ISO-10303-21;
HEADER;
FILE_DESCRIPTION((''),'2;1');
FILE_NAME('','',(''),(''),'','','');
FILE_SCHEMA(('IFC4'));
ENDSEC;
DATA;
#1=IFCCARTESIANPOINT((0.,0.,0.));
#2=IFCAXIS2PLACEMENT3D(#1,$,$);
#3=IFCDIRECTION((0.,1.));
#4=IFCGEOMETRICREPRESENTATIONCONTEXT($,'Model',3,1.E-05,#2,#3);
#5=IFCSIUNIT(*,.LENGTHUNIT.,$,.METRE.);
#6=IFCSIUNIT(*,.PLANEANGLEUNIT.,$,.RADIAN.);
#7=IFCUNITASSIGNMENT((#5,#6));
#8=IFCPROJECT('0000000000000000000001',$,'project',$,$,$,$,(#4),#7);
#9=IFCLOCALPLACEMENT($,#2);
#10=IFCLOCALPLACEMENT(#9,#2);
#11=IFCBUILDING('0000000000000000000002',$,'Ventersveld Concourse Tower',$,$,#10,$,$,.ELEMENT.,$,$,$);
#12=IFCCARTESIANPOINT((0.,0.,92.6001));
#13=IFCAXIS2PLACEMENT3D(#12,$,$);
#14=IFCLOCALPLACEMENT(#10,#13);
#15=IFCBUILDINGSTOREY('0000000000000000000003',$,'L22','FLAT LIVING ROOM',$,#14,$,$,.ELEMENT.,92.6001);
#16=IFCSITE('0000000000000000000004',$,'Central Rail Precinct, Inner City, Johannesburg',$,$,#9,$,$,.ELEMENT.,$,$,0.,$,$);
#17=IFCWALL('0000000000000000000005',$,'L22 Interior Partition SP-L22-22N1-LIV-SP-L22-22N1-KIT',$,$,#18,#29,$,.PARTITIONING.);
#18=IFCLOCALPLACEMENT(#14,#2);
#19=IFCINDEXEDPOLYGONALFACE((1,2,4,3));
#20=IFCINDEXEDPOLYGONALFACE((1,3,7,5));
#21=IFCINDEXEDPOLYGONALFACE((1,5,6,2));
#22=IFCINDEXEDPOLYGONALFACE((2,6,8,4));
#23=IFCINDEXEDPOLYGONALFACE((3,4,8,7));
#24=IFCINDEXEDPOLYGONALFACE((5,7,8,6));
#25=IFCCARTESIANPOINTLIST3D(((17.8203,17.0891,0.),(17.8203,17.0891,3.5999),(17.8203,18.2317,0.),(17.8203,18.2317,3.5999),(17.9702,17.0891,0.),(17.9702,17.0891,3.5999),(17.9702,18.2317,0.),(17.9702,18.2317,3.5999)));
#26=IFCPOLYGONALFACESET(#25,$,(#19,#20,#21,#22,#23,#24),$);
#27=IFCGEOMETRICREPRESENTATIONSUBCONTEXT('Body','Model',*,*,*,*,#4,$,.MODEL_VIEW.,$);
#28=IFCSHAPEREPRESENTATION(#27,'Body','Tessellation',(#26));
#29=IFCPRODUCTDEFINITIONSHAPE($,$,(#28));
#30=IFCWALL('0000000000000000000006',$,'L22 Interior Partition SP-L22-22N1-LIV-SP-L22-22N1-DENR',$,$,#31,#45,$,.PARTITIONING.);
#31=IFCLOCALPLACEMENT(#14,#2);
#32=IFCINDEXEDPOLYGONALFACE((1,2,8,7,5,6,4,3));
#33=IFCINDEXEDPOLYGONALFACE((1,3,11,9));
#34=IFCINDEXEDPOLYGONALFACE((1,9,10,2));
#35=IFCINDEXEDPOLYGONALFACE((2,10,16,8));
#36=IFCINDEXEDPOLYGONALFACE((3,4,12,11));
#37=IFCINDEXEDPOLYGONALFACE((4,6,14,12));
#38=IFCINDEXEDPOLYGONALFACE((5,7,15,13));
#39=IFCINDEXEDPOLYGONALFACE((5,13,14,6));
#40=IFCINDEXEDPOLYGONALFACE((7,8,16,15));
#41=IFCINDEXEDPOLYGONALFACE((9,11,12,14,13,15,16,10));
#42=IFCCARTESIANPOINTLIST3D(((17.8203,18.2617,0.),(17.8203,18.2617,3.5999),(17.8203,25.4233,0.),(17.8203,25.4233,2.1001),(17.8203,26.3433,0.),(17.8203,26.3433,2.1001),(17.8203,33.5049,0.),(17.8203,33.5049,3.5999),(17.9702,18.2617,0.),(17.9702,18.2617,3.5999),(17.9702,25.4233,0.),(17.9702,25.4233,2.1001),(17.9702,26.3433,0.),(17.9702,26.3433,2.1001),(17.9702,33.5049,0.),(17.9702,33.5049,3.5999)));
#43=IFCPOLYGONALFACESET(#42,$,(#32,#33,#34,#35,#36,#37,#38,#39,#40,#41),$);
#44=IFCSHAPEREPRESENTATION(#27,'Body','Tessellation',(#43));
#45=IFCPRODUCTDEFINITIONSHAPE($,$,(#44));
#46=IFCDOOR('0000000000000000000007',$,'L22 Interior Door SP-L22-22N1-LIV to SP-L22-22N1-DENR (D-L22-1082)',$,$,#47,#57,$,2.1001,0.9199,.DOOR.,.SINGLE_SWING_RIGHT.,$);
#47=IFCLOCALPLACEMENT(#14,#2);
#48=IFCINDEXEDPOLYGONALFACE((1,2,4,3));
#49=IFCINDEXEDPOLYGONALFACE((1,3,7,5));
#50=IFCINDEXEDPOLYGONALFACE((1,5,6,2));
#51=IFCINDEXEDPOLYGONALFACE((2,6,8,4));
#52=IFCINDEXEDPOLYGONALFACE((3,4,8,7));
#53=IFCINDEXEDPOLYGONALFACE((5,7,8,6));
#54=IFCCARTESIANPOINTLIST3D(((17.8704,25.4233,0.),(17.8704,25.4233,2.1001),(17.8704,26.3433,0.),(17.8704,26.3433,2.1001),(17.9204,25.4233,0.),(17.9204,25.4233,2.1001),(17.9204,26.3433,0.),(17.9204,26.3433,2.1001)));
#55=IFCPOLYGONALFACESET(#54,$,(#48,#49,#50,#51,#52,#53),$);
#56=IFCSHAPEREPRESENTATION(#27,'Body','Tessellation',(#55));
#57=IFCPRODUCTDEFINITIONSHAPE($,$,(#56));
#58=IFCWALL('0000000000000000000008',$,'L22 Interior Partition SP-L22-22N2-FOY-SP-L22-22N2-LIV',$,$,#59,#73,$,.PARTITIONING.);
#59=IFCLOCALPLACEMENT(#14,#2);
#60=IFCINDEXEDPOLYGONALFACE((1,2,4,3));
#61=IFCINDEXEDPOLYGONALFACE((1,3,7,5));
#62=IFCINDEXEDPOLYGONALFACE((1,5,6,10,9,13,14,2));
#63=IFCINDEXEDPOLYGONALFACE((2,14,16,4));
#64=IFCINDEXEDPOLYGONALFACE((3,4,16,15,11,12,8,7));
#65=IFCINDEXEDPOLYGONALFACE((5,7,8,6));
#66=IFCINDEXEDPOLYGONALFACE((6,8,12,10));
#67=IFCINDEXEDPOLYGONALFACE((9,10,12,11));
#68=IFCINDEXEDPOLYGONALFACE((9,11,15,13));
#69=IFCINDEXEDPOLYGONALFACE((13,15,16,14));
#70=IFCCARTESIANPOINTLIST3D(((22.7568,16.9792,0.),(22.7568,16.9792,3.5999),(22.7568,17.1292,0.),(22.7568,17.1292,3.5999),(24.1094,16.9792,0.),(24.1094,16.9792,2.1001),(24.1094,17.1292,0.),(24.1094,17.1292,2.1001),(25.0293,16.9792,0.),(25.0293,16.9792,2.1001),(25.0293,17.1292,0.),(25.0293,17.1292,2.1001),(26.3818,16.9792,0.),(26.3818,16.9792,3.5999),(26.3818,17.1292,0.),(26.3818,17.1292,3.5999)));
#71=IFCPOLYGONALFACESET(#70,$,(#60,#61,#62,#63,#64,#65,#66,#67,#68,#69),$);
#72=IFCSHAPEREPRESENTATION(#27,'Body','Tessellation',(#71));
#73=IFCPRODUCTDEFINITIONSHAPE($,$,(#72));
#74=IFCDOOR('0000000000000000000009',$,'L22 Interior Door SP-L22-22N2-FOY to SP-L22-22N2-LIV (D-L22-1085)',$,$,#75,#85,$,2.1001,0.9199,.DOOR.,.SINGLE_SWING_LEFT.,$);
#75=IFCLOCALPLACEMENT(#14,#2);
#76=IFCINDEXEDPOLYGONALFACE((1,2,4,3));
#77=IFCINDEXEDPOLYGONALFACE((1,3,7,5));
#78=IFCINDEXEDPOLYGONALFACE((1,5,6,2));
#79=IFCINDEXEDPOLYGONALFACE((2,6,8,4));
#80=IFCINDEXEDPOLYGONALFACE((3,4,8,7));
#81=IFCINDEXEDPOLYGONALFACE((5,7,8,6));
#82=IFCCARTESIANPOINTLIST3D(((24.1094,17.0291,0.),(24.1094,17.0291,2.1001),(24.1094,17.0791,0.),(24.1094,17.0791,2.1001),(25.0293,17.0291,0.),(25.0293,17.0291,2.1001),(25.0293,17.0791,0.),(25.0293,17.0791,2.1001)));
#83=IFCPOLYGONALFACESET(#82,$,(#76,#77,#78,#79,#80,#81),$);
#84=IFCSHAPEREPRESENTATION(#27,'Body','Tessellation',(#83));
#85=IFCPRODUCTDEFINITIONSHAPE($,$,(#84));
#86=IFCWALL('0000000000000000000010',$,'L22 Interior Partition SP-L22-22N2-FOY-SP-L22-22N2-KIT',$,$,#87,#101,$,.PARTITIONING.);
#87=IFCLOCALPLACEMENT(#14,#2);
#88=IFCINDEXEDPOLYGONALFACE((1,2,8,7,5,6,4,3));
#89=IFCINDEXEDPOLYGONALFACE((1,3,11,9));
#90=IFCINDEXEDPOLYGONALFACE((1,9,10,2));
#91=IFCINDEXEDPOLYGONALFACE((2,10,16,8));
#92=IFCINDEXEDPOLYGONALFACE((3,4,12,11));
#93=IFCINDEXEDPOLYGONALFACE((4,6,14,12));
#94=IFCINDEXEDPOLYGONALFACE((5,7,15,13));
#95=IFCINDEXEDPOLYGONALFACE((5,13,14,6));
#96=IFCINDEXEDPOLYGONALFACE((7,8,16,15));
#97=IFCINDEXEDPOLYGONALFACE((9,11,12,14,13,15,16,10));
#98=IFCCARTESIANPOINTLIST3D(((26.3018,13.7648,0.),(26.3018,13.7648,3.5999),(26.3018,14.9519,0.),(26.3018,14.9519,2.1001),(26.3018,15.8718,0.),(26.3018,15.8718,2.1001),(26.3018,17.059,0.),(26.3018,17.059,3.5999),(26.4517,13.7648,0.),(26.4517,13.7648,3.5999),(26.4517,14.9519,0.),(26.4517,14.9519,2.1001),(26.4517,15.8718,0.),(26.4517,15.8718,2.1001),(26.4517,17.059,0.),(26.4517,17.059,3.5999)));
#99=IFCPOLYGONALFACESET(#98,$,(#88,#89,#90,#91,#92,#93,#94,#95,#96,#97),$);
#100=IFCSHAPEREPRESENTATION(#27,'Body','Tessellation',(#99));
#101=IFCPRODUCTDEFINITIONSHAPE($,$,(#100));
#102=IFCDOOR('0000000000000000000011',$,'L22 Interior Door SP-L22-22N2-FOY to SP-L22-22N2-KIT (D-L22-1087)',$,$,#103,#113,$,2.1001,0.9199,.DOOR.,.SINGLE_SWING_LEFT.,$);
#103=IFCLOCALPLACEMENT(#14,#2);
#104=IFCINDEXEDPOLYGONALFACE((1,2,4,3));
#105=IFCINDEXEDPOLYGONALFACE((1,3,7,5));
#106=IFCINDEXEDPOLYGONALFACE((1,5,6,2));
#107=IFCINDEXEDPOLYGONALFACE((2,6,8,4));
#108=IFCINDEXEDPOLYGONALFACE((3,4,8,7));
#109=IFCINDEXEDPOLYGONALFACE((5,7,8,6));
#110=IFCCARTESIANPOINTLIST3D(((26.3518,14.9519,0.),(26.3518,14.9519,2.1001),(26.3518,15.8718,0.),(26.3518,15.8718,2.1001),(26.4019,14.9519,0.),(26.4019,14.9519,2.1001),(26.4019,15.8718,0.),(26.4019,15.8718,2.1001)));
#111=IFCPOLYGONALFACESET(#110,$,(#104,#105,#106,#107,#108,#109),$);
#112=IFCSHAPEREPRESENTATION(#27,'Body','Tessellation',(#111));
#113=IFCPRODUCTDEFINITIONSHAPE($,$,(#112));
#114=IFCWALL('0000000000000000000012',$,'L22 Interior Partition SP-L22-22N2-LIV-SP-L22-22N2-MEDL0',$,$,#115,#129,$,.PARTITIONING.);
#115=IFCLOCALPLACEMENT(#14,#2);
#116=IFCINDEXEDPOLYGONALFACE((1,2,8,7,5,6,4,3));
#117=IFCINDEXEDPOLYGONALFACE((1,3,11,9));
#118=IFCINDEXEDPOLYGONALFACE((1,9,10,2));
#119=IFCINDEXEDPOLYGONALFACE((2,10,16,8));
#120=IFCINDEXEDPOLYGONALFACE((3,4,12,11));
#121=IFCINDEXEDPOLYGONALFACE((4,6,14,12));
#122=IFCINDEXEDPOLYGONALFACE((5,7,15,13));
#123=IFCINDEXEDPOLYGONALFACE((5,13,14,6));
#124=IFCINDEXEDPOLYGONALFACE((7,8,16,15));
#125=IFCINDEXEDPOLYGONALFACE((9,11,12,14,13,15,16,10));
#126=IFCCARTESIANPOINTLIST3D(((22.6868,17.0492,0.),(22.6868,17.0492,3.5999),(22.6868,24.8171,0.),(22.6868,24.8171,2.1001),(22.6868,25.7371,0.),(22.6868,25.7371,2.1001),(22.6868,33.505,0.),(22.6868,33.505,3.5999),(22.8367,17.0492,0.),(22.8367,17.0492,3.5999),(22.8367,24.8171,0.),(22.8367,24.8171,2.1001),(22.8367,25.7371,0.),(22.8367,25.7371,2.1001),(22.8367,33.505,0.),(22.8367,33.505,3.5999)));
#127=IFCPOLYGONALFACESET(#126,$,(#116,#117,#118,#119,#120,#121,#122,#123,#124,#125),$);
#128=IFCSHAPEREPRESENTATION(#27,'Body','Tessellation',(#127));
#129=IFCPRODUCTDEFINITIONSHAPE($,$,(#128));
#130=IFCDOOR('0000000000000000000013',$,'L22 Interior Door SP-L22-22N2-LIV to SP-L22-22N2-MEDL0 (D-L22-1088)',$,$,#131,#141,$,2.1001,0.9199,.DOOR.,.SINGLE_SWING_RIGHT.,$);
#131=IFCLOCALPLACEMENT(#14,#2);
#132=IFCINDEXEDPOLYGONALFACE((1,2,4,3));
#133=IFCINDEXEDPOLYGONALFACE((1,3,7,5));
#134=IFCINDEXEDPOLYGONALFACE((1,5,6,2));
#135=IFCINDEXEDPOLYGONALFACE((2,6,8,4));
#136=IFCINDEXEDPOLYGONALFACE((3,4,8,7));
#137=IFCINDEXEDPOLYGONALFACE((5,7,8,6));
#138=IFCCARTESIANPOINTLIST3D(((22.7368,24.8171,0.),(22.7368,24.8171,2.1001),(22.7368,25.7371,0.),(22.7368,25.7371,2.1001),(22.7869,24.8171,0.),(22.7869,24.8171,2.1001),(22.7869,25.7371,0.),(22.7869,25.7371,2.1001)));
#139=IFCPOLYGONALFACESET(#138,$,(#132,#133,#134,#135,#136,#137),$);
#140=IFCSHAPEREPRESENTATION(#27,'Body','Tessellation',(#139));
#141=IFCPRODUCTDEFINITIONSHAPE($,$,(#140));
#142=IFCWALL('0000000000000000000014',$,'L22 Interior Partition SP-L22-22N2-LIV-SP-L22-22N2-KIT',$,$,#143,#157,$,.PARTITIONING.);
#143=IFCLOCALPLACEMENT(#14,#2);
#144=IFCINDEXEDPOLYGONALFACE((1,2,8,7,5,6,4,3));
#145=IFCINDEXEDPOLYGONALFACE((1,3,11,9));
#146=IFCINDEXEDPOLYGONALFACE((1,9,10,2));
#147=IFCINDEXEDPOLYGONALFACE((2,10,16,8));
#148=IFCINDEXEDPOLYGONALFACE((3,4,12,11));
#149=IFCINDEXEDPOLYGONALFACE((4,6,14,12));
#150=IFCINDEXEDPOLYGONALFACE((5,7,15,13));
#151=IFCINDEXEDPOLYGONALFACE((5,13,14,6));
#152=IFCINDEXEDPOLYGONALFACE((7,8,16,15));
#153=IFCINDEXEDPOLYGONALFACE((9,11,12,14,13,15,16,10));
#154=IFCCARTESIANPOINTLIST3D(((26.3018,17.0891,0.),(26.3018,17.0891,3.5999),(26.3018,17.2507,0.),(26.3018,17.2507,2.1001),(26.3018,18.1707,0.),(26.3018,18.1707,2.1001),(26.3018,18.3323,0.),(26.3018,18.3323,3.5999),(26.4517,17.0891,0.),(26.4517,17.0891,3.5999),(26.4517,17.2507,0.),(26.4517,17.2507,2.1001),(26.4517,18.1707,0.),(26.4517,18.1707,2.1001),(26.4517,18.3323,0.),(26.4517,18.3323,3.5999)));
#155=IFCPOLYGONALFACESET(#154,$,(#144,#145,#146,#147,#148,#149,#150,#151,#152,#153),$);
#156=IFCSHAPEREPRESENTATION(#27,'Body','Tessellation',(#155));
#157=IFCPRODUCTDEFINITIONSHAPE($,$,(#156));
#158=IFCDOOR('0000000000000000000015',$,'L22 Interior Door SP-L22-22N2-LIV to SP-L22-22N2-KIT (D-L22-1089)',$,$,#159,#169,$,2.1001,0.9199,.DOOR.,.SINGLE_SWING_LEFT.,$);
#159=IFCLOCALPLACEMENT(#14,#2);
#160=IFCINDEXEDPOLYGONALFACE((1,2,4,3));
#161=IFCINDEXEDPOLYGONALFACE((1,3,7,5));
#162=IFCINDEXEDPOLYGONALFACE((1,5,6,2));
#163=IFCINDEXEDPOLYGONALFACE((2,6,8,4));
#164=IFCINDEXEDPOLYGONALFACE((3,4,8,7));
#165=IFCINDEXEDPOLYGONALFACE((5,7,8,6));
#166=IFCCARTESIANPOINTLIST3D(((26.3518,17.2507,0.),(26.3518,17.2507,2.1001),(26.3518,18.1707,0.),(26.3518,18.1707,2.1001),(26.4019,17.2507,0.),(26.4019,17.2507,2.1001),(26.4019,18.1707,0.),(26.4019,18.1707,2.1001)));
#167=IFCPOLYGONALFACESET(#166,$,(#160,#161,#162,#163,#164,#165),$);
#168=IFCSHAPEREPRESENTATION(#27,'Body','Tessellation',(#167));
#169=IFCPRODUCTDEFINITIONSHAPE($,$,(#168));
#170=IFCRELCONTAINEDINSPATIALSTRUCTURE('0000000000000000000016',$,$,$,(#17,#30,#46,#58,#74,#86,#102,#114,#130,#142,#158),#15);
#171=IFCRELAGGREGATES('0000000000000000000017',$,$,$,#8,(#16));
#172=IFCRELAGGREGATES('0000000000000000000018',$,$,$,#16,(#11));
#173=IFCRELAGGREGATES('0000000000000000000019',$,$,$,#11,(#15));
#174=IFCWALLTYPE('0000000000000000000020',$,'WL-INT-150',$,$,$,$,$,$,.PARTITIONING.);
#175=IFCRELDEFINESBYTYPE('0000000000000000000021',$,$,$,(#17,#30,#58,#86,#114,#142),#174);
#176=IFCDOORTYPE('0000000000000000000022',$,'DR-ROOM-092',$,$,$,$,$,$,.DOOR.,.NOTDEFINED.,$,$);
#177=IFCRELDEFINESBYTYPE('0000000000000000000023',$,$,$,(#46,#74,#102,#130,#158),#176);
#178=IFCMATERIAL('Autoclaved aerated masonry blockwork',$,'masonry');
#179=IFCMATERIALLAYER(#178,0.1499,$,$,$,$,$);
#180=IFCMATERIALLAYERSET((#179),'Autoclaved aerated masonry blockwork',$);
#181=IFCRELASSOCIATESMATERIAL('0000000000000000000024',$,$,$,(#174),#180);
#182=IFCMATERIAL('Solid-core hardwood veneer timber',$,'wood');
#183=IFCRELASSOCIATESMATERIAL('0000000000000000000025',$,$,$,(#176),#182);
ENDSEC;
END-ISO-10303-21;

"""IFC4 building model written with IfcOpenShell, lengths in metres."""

from ifc_helpers import new_model, si_unit, direction, frame, frame_2d, origin, place, context, subcontext, project, spatial, rectangle, extrude, material, layer, layer_set, type_object, element, fill, save


model = new_model("IFC4")

# Units and contexts
model_context = context("Model", 3, precision=1e-05, world=origin(), true_north=direction((0.0, 1.0)))
body_context = subcontext(model_context, "Body", "Model", "MODEL_VIEW")
ifc_project = project(units=[si_unit("LENGTHUNIT", "METRE"), si_unit("PLANEANGLEUNIT", "RADIAN")], contexts=[model_context])

# Site, building, storey
site_placement = place(None, origin())
site = spatial("IfcSite", under=ifc_project, at=site_placement, Name="Central Rail Precinct, Inner City, Johannesburg", CompositionType="ELEMENT", RefElevation=0.0)
building_placement = place(site_placement, origin())
building = spatial("IfcBuilding", under=site, at=building_placement, Name="Ventersveld Concourse Tower", CompositionType="ELEMENT")
storey_placement = place(building_placement, frame((0.0, 0.0, 92.6001)))
storey = spatial("IfcBuildingStorey", under=building, at=storey_placement, Name="L22", Description="FLAT LIVING ROOM", CompositionType="ELEMENT", Elevation=92.6001)

# Shared definitions
ifc_material_1 = material(Name="Solid-core hardwood veneer timber", Category="wood")

# Wall
ifc_material_2 = material(Name="Autoclaved aerated masonry blockwork", Category="masonry")
ifc_layer_1 = layer(ifc_material_2, 0.1499)
ifc_layer_set_1 = layer_set([ifc_layer_1], Name="Autoclaved aerated masonry blockwork")
wall_type_1 = type_object("IfcWallType", Name="WL-INT-150", PredefinedType="PARTITIONING", material=ifc_layer_set_1)
wall_1_placement = place(storey_placement, frame((17.8953, 17.0891, 0.0), z_axis=(0.0, 0.0, 1.0), x_axis=(0.0, 1.0, 0.0)))
element("IfcWall", 1, at=wall_1_placement, inside=storey, type_object=wall_type_1, Name="L22 Interior Partition SP-L22-22N1-LIV-SP-L22-22N1-KIT", PredefinedType="PARTITIONING", context=body_context, shape_type="SweptSolid", body=[
    extrude(rectangle(XDim=1.1426, YDim=0.1499, at=frame_2d((0.5713, 0.0))), origin(), (0.0, 0.0, 1.0), 3.5999),
])

# Walls, openings, doors
wall_2_placement = place(storey_placement, frame((17.8953, 18.2617, 0.0), z_axis=(0.0, 0.0, 1.0), x_axis=(0.0, 1.0, 0.0)))
wall_2 = element("IfcWall", 2, at=wall_2_placement, inside=storey, type_object=wall_type_1, Name="L22 Interior Partition SP-L22-22N1-LIV-SP-L22-22N1-DENR", PredefinedType="PARTITIONING", context=body_context, shape_type="SweptSolid", body=[
    extrude(rectangle(XDim=15.2432, YDim=0.1499, at=frame_2d((7.6216, 0.0))), origin(), (0.0, 0.0, 1.0), 3.5999),
])
opening_1_placement = place(wall_2_placement, frame((7.1616, 0.0, 0.0)))
opening_1 = element("IfcOpeningElement", 3, at=opening_1_placement, cuts=wall_2, PredefinedType="OPENING", context=body_context, shape_type="SweptSolid", body=[
    extrude(rectangle(XDim=0.9199, YDim=2.1001, at=frame_2d((0.46, 1.05))), frame((0.0, 0.085, 0.0), z_axis=(0.0, -1.0, 0.0), x_axis=(1.0, 0.0, 0.0)), (0.0, 0.0, 1.0), 0.1699),
])
door_type_1 = type_object("IfcDoorType", Name="DR-ROOM-092", OperationType="NOTDEFINED", PredefinedType="DOOR", material=ifc_material_1)
door_1_placement = place(opening_1_placement, origin())
door_1 = element("IfcDoor", 4, at=door_1_placement, inside=storey, type_object=door_type_1, Name="L22 Interior Door SP-L22-22N1-LIV to SP-L22-22N1-DENR (D-L22-1082)", OperationType="SINGLE_SWING_RIGHT", OverallHeight=2.1001, OverallWidth=0.9199, PredefinedType="DOOR", context=body_context, shape_type="SweptSolid", body=[
    extrude(rectangle(XDim=0.9199, YDim=2.1001, at=frame_2d((0.46, 1.05))), frame((0.0, 0.0249, 0.0), z_axis=(0.0, -1.0, 0.0), x_axis=(1.0, 0.0, 0.0)), (0.0, 0.0, 1.0), 0.05),
])
fill(opening_1, door_1)
wall_3_placement = place(storey_placement, frame((22.7568, 17.0542, 0.0), z_axis=(0.0, 0.0, 1.0), x_axis=(1.0, 0.0, 0.0)))
wall_3 = element("IfcWall", 5, at=wall_3_placement, inside=storey, type_object=wall_type_1, Name="L22 Interior Partition SP-L22-22N2-FOY-SP-L22-22N2-LIV", PredefinedType="PARTITIONING", context=body_context, shape_type="SweptSolid", body=[
    extrude(rectangle(XDim=3.625, YDim=0.1499, at=frame_2d((1.8125, 0.0))), origin(), (0.0, 0.0, 1.0), 3.5999),
])
opening_2_placement = place(wall_3_placement, frame((1.3525, 0.0, 0.0)))
opening_2 = element("IfcOpeningElement", 6, at=opening_2_placement, cuts=wall_3, PredefinedType="OPENING", context=body_context, shape_type="SweptSolid", body=[
    extrude(rectangle(XDim=0.9199, YDim=2.1001, at=frame_2d((0.46, 1.05))), frame((0.0, 0.085, 0.0), z_axis=(0.0, -1.0, 0.0), x_axis=(1.0, 0.0, 0.0)), (0.0, 0.0, 1.0), 0.1699),
])
door_2_placement = place(opening_2_placement, origin())
door_2 = element("IfcDoor", 7, at=door_2_placement, inside=storey, type_object=door_type_1, Name="L22 Interior Door SP-L22-22N2-FOY to SP-L22-22N2-LIV (D-L22-1085)", OperationType="SINGLE_SWING_LEFT", OverallHeight=2.1001, OverallWidth=0.9199, PredefinedType="DOOR", context=body_context, shape_type="SweptSolid", body=[
    extrude(rectangle(XDim=0.9199, YDim=2.1001, at=frame_2d((0.46, 1.05))), frame((0.0, 0.0249, 0.0), z_axis=(0.0, -1.0, 0.0), x_axis=(1.0, 0.0, 0.0)), (0.0, 0.0, 1.0), 0.05),
])
fill(opening_2, door_2)
wall_4_placement = place(storey_placement, frame((26.3767, 13.7649, 0.0), z_axis=(0.0, 0.0, 1.0), x_axis=(0.0, 1.0, 0.0)))
wall_4 = element("IfcWall", 8, at=wall_4_placement, inside=storey, type_object=wall_type_1, Name="L22 Interior Partition SP-L22-22N2-FOY-SP-L22-22N2-KIT", PredefinedType="PARTITIONING", context=body_context, shape_type="SweptSolid", body=[
    extrude(rectangle(XDim=3.2942, YDim=0.1499, at=frame_2d((1.647, 0.0))), origin(), (0.0, 0.0, 1.0), 3.5999),
])
opening_3_placement = place(wall_4_placement, frame((1.187, 0.0, 0.0)))
opening_3 = element("IfcOpeningElement", 9, at=opening_3_placement, cuts=wall_4, PredefinedType="OPENING", context=body_context, shape_type="SweptSolid", body=[
    extrude(rectangle(XDim=0.9199, YDim=2.1001, at=frame_2d((0.46, 1.05))), frame((0.0, 0.085, 0.0), z_axis=(0.0, -1.0, 0.0), x_axis=(1.0, 0.0, 0.0)), (0.0, 0.0, 1.0), 0.1699),
])
door_3_placement = place(opening_3_placement, origin())
door_3 = element("IfcDoor", 10, at=door_3_placement, inside=storey, type_object=door_type_1, Name="L22 Interior Door SP-L22-22N2-FOY to SP-L22-22N2-KIT (D-L22-1087)", OperationType="SINGLE_SWING_LEFT", OverallHeight=2.1001, OverallWidth=0.9199, PredefinedType="DOOR", context=body_context, shape_type="SweptSolid", body=[
    extrude(rectangle(XDim=0.9199, YDim=2.1001, at=frame_2d((0.46, 1.05))), frame((0.0, 0.0249, 0.0), z_axis=(0.0, -1.0, 0.0), x_axis=(1.0, 0.0, 0.0)), (0.0, 0.0, 1.0), 0.05),
])
fill(opening_3, door_3)
wall_5_placement = place(storey_placement, frame((22.7617, 17.0491, 0.0), z_axis=(0.0, 0.0, 1.0), x_axis=(0.0, 1.0, 0.0)))
wall_5 = element("IfcWall", 11, at=wall_5_placement, inside=storey, type_object=wall_type_1, Name="L22 Interior Partition SP-L22-22N2-LIV-SP-L22-22N2-MEDL0", PredefinedType="PARTITIONING", context=body_context, shape_type="SweptSolid", body=[
    extrude(rectangle(XDim=16.4558, YDim=0.1499, at=frame_2d((8.228, 0.0))), origin(), (0.0, 0.0, 1.0), 3.5999),
])
opening_4_placement = place(wall_5_placement, frame((7.7681, 0.0, 0.0)))
opening_4 = element("IfcOpeningElement", 12, at=opening_4_placement, cuts=wall_5, PredefinedType="OPENING", context=body_context, shape_type="SweptSolid", body=[
    extrude(rectangle(XDim=0.9199, YDim=2.1001, at=frame_2d((0.46, 1.05))), frame((0.0, 0.085, 0.0), z_axis=(0.0, -1.0, 0.0), x_axis=(1.0, 0.0, 0.0)), (0.0, 0.0, 1.0), 0.1699),
])
door_4_placement = place(opening_4_placement, origin())
door_4 = element("IfcDoor", 13, at=door_4_placement, inside=storey, type_object=door_type_1, Name="L22 Interior Door SP-L22-22N2-LIV to SP-L22-22N2-MEDL0 (D-L22-1088)", OperationType="SINGLE_SWING_RIGHT", OverallHeight=2.1001, OverallWidth=0.9199, PredefinedType="DOOR", context=body_context, shape_type="SweptSolid", body=[
    extrude(rectangle(XDim=0.9199, YDim=2.1001, at=frame_2d((0.46, 1.05))), frame((0.0, 0.0249, 0.0), z_axis=(0.0, -1.0, 0.0), x_axis=(1.0, 0.0, 0.0)), (0.0, 0.0, 1.0), 0.05),
])
fill(opening_4, door_4)
wall_6_placement = place(storey_placement, frame((26.3767, 17.0891, 0.0), z_axis=(0.0, 0.0, 1.0), x_axis=(0.0, 1.0, 0.0)))
wall_6 = element("IfcWall", 14, at=wall_6_placement, inside=storey, type_object=wall_type_1, Name="L22 Interior Partition SP-L22-22N2-LIV-SP-L22-22N2-KIT", PredefinedType="PARTITIONING", context=body_context, shape_type="SweptSolid", body=[
    extrude(rectangle(XDim=1.2432, YDim=0.1499, at=frame_2d((0.6216, 0.0))), origin(), (0.0, 0.0, 1.0), 3.5999),
])
opening_5_placement = place(wall_6_placement, frame((0.1616, 0.0, 0.0)))
opening_5 = element("IfcOpeningElement", 15, at=opening_5_placement, cuts=wall_6, PredefinedType="OPENING", context=body_context, shape_type="SweptSolid", body=[
    extrude(rectangle(XDim=0.9199, YDim=2.1001, at=frame_2d((0.46, 1.05))), frame((0.0, 0.085, 0.0), z_axis=(0.0, -1.0, 0.0), x_axis=(1.0, 0.0, 0.0)), (0.0, 0.0, 1.0), 0.1699),
])
door_5_placement = place(opening_5_placement, origin())
door_5 = element("IfcDoor", 16, at=door_5_placement, inside=storey, type_object=door_type_1, Name="L22 Interior Door SP-L22-22N2-LIV to SP-L22-22N2-KIT (D-L22-1089)", OperationType="SINGLE_SWING_LEFT", OverallHeight=2.1001, OverallWidth=0.9199, PredefinedType="DOOR", context=body_context, shape_type="SweptSolid", body=[
    extrude(rectangle(XDim=0.9199, YDim=2.1001, at=frame_2d((0.46, 1.05))), frame((0.0, 0.0249, 0.0), z_axis=(0.0, -1.0, 0.0), x_axis=(1.0, 0.0, 0.0)), (0.0, 0.0, 1.0), 0.05),
])
fill(opening_5, door_5)

save(model, "model.ifc")
